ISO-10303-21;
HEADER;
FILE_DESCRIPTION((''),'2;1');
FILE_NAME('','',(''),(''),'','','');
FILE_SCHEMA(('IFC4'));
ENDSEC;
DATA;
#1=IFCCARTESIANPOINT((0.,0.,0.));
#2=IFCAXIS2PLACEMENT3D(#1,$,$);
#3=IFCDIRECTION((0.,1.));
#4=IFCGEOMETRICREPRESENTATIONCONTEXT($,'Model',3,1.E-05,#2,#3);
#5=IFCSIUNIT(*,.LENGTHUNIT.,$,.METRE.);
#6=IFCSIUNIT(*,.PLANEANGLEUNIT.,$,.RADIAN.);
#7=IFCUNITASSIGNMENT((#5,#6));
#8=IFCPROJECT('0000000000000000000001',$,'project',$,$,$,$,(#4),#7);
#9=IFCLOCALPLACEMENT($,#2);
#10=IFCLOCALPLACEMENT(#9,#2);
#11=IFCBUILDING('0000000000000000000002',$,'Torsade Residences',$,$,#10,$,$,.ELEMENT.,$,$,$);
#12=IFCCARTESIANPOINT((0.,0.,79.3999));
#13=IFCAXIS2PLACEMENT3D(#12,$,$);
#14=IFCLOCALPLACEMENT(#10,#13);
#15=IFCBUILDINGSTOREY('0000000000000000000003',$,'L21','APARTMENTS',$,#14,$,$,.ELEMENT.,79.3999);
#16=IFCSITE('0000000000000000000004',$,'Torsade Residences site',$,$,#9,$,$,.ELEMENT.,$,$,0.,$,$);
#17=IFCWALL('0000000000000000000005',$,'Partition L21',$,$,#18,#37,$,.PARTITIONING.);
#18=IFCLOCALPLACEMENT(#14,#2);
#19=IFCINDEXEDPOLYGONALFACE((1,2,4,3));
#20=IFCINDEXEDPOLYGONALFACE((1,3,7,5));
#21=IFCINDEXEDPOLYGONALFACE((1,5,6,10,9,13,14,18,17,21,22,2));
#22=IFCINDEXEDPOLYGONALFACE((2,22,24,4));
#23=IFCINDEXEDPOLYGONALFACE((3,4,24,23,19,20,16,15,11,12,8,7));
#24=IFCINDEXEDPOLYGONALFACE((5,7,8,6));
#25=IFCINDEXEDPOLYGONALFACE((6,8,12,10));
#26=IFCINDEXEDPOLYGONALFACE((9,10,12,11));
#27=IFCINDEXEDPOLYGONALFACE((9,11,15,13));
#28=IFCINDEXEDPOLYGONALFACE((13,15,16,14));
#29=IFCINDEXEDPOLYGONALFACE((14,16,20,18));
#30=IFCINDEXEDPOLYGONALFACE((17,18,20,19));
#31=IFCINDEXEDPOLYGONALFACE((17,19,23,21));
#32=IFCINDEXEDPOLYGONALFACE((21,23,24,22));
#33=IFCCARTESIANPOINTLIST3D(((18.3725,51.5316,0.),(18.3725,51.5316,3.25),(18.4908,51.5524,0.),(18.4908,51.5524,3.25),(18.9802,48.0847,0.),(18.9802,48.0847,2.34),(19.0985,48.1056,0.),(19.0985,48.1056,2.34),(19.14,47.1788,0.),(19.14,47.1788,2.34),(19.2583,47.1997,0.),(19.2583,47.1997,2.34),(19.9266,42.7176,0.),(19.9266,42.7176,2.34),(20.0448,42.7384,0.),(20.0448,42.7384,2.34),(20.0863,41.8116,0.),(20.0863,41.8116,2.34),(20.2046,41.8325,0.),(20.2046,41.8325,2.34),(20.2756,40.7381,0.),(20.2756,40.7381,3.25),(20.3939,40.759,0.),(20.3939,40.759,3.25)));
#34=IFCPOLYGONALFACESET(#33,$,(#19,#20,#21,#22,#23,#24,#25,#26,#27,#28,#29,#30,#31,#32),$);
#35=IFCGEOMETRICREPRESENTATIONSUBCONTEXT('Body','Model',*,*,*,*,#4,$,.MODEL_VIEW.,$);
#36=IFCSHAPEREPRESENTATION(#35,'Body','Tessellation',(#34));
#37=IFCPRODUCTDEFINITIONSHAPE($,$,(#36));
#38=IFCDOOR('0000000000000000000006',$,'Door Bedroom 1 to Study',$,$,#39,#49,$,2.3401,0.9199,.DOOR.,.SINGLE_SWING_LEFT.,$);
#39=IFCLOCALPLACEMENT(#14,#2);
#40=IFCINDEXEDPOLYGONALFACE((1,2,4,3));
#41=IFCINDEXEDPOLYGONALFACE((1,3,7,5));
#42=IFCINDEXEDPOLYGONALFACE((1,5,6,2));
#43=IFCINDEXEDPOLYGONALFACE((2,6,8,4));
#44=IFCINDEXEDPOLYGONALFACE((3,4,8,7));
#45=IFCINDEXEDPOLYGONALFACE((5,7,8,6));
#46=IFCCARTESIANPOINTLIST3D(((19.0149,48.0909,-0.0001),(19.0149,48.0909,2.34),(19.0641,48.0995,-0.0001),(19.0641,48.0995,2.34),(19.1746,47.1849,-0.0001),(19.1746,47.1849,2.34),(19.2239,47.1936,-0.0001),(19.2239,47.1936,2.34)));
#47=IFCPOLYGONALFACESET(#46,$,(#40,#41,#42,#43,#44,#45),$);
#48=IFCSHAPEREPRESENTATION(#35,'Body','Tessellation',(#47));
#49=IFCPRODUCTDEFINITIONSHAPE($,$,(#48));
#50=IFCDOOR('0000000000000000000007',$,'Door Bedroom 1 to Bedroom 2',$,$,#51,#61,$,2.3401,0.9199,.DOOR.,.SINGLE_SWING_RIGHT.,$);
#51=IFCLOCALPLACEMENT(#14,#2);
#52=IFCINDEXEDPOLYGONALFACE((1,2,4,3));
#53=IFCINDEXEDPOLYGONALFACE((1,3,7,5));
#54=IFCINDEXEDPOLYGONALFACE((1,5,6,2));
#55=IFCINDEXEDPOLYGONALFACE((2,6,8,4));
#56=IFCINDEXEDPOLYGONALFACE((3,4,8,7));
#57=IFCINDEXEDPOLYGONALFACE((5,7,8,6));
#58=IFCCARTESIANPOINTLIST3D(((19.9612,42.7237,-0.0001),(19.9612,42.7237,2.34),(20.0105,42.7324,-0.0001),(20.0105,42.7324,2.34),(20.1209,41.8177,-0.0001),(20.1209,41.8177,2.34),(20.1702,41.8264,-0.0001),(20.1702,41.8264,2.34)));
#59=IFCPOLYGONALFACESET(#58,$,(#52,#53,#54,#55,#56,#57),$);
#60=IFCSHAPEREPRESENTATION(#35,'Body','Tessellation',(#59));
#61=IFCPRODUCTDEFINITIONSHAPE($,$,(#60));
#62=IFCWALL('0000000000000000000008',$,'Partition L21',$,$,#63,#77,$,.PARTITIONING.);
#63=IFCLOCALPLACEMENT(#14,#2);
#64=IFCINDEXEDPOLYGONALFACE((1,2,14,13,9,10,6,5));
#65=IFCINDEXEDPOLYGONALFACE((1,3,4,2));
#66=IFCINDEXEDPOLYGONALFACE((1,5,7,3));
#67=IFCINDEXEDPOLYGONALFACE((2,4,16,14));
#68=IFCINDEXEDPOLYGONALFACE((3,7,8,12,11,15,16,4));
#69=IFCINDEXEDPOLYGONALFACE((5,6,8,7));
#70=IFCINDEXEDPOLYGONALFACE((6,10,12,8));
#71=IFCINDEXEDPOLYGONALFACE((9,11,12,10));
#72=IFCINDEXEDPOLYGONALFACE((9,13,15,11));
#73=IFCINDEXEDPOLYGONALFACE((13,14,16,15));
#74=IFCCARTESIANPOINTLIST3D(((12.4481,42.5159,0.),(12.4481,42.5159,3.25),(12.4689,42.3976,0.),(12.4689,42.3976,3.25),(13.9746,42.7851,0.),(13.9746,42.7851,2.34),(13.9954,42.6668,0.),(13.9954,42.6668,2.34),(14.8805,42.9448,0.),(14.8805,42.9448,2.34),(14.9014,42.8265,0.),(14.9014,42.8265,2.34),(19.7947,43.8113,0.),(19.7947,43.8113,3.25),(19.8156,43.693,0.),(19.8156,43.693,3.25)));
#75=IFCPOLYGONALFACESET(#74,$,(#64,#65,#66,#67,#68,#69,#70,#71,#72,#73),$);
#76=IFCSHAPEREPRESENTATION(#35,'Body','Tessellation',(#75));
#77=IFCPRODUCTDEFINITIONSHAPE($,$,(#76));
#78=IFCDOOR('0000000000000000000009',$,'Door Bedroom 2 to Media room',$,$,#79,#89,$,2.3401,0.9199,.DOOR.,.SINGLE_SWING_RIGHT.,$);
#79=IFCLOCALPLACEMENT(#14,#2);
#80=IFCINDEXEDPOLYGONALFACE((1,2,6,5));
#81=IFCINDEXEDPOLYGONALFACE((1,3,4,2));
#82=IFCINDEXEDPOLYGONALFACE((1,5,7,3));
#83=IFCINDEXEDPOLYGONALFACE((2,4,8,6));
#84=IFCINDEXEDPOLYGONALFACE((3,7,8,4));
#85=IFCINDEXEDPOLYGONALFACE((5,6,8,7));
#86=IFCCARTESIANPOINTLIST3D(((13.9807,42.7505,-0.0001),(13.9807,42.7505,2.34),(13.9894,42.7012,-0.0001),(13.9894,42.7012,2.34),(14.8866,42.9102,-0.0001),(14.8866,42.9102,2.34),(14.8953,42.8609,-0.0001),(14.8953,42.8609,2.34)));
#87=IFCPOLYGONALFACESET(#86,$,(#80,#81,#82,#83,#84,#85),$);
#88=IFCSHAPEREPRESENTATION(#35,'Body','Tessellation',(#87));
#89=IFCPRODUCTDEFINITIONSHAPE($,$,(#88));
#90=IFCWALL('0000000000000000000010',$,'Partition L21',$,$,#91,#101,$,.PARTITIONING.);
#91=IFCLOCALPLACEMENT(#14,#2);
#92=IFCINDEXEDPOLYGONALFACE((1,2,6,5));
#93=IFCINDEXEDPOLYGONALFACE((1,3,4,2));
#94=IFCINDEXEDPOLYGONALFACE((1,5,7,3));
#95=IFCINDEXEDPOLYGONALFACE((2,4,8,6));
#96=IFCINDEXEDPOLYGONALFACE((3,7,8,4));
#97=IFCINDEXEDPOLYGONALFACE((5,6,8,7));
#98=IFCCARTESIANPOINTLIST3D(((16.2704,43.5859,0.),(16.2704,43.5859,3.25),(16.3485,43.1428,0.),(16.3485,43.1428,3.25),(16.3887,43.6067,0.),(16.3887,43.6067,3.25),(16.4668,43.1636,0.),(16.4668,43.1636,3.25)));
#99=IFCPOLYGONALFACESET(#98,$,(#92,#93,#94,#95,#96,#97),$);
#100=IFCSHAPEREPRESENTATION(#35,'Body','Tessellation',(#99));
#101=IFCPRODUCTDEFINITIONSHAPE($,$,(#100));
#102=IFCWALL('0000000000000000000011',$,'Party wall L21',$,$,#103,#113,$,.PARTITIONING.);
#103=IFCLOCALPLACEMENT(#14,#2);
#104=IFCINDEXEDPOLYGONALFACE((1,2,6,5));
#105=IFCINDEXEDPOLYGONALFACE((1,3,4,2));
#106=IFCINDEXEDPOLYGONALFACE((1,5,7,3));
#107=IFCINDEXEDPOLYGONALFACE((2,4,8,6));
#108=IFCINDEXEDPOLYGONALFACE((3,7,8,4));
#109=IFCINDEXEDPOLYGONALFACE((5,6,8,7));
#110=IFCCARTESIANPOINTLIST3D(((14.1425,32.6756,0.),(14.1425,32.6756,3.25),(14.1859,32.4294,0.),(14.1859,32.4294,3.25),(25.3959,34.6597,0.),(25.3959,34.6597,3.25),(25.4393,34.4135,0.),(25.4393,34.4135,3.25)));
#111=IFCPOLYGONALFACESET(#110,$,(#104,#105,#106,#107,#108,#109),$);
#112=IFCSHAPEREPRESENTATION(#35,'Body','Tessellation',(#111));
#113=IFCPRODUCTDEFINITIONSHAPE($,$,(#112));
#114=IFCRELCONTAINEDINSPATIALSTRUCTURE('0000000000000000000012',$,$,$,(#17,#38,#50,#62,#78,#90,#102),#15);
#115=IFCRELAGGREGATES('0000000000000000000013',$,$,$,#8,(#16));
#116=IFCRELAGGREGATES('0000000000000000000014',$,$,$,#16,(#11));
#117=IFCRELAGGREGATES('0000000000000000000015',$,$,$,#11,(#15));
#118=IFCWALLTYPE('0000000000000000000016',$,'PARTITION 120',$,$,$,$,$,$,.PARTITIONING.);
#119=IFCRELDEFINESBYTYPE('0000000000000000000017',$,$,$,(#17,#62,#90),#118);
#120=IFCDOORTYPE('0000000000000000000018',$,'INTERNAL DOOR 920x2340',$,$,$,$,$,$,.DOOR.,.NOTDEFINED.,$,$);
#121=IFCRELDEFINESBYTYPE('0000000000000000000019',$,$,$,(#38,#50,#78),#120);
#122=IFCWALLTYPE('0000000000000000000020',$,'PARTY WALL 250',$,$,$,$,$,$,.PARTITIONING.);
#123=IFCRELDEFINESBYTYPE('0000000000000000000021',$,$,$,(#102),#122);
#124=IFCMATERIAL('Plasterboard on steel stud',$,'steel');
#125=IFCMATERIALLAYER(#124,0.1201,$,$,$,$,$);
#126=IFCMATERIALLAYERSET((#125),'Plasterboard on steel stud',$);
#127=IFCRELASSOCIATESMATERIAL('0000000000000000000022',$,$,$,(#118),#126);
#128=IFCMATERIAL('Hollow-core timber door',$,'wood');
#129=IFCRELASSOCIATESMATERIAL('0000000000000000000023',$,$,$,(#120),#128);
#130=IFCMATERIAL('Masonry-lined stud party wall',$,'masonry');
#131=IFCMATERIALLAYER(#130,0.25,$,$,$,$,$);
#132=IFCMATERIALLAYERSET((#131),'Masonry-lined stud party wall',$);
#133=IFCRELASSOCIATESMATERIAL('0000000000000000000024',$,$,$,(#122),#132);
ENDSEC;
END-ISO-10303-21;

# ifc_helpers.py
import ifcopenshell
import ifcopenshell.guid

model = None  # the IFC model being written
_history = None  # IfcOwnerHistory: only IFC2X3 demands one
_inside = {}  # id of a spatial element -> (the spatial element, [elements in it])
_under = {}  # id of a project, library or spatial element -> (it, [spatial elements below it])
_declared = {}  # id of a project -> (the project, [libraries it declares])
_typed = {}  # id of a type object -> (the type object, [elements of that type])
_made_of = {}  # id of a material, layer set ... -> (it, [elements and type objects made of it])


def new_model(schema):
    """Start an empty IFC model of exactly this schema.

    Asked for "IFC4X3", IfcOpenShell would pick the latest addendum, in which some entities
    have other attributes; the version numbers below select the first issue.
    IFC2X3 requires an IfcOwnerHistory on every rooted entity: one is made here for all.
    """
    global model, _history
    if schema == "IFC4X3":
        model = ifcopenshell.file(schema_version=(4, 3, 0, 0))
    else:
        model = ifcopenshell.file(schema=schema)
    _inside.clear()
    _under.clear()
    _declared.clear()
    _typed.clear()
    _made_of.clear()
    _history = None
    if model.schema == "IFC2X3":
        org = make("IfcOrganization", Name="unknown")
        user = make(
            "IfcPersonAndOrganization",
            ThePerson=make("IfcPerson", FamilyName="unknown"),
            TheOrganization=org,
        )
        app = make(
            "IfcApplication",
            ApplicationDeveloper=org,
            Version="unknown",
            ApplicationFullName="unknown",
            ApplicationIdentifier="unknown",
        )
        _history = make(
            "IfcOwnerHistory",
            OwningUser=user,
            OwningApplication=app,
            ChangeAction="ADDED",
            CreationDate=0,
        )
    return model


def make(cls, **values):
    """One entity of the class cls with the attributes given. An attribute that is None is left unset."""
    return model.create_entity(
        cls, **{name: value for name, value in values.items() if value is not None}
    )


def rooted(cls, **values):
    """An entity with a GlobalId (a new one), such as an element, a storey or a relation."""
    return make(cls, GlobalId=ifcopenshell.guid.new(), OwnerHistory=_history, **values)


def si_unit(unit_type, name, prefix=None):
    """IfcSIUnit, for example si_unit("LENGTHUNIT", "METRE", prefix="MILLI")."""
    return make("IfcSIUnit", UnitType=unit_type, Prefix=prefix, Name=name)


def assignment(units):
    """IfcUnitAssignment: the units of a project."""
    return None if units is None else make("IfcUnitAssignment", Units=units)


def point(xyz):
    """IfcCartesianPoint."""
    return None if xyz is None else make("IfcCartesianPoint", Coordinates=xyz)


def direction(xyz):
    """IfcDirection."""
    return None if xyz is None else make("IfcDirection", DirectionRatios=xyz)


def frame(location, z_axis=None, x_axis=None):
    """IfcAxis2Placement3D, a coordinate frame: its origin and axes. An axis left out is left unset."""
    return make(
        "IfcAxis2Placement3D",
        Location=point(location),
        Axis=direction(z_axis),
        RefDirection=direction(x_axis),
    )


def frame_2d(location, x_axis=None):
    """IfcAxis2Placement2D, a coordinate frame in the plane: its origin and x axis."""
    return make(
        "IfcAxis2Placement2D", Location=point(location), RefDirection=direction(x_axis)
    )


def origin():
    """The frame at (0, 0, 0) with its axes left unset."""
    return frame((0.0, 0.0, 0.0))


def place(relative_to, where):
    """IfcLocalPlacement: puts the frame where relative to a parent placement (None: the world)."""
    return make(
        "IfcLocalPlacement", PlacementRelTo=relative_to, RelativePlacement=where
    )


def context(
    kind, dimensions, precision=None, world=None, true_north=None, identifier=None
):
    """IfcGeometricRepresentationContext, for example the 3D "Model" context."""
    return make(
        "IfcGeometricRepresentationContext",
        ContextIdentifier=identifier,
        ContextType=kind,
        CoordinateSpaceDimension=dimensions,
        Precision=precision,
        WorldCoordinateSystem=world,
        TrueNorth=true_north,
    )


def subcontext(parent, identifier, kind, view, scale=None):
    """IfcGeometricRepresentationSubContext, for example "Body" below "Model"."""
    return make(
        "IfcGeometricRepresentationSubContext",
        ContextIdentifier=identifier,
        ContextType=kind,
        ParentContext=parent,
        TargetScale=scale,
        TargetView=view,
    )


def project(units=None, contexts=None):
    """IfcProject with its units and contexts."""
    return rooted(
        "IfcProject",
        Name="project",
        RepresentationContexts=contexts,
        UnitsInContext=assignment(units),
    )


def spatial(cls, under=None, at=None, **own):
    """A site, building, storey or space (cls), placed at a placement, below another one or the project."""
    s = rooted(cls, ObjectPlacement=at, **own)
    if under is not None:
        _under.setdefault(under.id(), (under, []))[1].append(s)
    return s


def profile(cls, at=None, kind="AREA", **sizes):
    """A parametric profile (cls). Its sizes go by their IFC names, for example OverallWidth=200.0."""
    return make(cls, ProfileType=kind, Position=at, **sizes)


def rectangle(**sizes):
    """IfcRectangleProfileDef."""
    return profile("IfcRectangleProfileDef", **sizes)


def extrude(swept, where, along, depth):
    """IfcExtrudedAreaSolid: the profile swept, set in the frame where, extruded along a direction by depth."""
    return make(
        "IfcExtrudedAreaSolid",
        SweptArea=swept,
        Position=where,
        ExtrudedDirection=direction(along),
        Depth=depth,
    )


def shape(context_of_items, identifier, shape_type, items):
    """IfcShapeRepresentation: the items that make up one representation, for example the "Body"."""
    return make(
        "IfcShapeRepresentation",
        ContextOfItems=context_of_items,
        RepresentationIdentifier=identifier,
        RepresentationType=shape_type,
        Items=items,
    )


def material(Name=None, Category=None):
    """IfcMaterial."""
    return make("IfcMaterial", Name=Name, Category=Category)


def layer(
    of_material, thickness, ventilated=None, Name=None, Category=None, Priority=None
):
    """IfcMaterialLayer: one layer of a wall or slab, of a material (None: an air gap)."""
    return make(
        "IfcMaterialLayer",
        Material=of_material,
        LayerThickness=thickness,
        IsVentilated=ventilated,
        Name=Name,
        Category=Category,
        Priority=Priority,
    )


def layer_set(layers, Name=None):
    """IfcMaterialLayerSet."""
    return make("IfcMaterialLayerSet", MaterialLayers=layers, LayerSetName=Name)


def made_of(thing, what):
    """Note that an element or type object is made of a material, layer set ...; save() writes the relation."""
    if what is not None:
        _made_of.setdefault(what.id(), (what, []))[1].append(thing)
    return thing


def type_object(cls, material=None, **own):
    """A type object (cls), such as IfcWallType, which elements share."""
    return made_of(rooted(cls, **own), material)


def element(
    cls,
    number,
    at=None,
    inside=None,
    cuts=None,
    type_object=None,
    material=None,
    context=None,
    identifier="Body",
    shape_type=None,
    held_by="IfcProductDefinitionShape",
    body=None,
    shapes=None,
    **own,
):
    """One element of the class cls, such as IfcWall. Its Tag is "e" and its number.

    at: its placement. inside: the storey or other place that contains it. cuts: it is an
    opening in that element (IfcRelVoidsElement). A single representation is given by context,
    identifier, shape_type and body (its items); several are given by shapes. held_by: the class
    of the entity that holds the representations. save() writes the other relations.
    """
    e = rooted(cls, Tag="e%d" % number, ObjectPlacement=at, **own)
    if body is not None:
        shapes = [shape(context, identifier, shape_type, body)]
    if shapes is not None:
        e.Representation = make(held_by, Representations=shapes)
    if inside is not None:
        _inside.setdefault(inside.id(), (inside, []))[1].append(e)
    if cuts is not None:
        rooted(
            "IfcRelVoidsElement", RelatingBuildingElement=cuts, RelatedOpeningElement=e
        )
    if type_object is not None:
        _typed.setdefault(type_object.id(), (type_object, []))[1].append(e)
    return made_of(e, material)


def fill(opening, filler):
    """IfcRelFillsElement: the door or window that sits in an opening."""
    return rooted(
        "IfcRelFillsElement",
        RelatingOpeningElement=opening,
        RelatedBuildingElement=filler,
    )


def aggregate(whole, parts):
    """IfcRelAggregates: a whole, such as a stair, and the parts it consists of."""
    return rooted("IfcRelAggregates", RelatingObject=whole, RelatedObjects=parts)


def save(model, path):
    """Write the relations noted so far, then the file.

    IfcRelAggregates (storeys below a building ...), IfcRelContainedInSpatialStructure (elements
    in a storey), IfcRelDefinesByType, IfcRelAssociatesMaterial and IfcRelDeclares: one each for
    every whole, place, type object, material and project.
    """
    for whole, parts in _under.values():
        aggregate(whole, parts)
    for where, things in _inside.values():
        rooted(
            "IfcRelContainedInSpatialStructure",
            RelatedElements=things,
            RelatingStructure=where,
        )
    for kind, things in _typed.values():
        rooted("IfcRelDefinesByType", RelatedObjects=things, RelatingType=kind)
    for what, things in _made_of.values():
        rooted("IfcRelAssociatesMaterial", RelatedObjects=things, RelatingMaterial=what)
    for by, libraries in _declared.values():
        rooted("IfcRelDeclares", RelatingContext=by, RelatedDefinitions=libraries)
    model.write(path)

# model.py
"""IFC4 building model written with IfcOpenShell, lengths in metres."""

from ifc_helpers import new_model, si_unit, direction, frame, frame_2d, origin, place, context, subcontext, project, spatial, rectangle, extrude, material, layer, layer_set, type_object, element, fill, save


model = new_model("IFC4")

# Units and contexts
model_context = context("Model", 3, precision=1e-05, world=origin(), true_north=direction((0.0, 1.0)))
body_context = subcontext(model_context, "Body", "Model", "MODEL_VIEW")
ifc_project = project(units=[si_unit("LENGTHUNIT", "METRE"), si_unit("PLANEANGLEUNIT", "RADIAN")], contexts=[model_context])

# Site, building, storey
site_placement = place(None, origin())
site = spatial("IfcSite", under=ifc_project, at=site_placement, Name="Torsade Residences site", CompositionType="ELEMENT", RefElevation=0.0)
building_placement = place(site_placement, origin())
building = spatial("IfcBuilding", under=site, at=building_placement, Name="Torsade Residences", CompositionType="ELEMENT")
storey_placement = place(building_placement, frame((0.0, 0.0, 79.3999)))
storey = spatial("IfcBuildingStorey", under=building, at=storey_placement, Name="L21", Description="APARTMENTS", CompositionType="ELEMENT", Elevation=79.3999)

# Shared definitions
ifc_material_1 = material(Name="Plasterboard on steel stud", Category="steel")
ifc_layer_1 = layer(ifc_material_1, 0.1201)
ifc_layer_set_1 = layer_set([ifc_layer_1], Name="Plasterboard on steel stud")
wall_type_1 = type_object("IfcWallType", Name="PARTITION 120", PredefinedType="PARTITIONING", material=ifc_layer_set_1)

# Shared definitions
ifc_material_2 = material(Name="Hollow-core timber door", Category="wood")
door_type = type_object("IfcDoorType", Name="INTERNAL DOOR 920x2340", OperationType="NOTDEFINED", PredefinedType="DOOR", material=ifc_material_2)

# Wall, openings, doors
wall_1_placement = place(storey_placement, frame((20.3347, 40.7485, 0.0), z_axis=(0.0, 0.0, 1.0), x_axis=(-0.173639, 0.984809, 0.0)))
wall_1 = element("IfcWall", 1, at=wall_1_placement, inside=storey, type_object=wall_type_1, Name="Partition L21", PredefinedType="PARTITIONING", context=body_context, shape_type="SweptSolid", body=[
    extrude(rectangle(XDim=10.96, YDim=0.1201, at=frame_2d((5.48, 0.0))), origin(), (0.0, 0.0, 1.0), 3.25),
])
opening_1_placement = place(wall_1_placement, frame((6.54, 0.0, 0.0)))
opening_1 = element("IfcOpeningElement", 2, at=opening_1_placement, cuts=wall_1, PredefinedType="OPENING", context=body_context, shape_type="SweptSolid", body=[
    extrude(rectangle(XDim=0.9199, YDim=2.3401, at=frame_2d((0.46, 1.1699))), frame((0.0, 0.0701, 0.0), z_axis=(0.0, -1.0, 0.0), x_axis=(1.0, 0.0, 0.0)), (0.0, 0.0, 1.0), 0.1401),
])
opening_2_placement = place(wall_1_placement, frame((1.0901, 0.0, 0.0)))
opening_2 = element("IfcOpeningElement", 3, at=opening_2_placement, cuts=wall_1, PredefinedType="OPENING", context=body_context, shape_type="SweptSolid", body=[
    extrude(rectangle(XDim=0.9199, YDim=2.3401, at=frame_2d((0.46, 1.1699))), frame((0.0, 0.0701, 0.0), z_axis=(0.0, -1.0, 0.0), x_axis=(1.0, 0.0, 0.0)), (0.0, 0.0, 1.0), 0.1401),
])
door_1_placement = place(opening_1_placement, origin())
door_1 = element("IfcDoor", 4, at=door_1_placement, inside=storey, type_object=door_type, Name="Door Bedroom 1 to Study", OperationType="SINGLE_SWING_LEFT", OverallHeight=2.3401, OverallWidth=0.9199, PredefinedType="DOOR", context=body_context, shape_type="SweptSolid", body=[
    extrude(rectangle(XDim=0.9199, YDim=2.3401, at=frame_2d((0.46, 1.1699))), frame((0.0, 0.0249, 0.0), z_axis=(0.0, -1.0, 0.0), x_axis=(1.0, 0.0, 0.0)), (0.0, 0.0, 1.0), 0.05),
])
fill(opening_1, door_1)
door_2_placement = place(opening_2_placement, origin())
door_2 = element("IfcDoor", 5, at=door_2_placement, inside=storey, type_object=door_type, Name="Door Bedroom 1 to Bedroom 2", OperationType="SINGLE_SWING_RIGHT", OverallHeight=2.3401, OverallWidth=0.9199, PredefinedType="DOOR", context=body_context, shape_type="SweptSolid", body=[
    extrude(rectangle(XDim=0.9199, YDim=2.3401, at=frame_2d((0.46, 1.1699))), frame((0.0, 0.0249, 0.0), z_axis=(0.0, -1.0, 0.0), x_axis=(1.0, 0.0, 0.0)), (0.0, 0.0, 1.0), 0.05),
])
fill(opening_2, door_2)

# Wall, opening, door
wall_2_placement = place(storey_placement, frame((12.4585, 42.4568, 0.0), z_axis=(0.0, 0.0, 1.0), x_axis=(0.984808, 0.173647, 0.0)))
wall_2 = element("IfcWall", 6, at=wall_2_placement, inside=storey, type_object=wall_type_1, Name="Partition L21", PredefinedType="PARTITIONING", context=body_context, shape_type="SweptSolid", body=[
    extrude(rectangle(XDim=7.46, YDim=0.1201, at=frame_2d((3.73, 0.0))), origin(), (0.0, 0.0, 1.0), 3.25),
])
opening_3_placement = place(wall_2_placement, frame((1.55, 0.0, 0.0)))
opening_3 = element("IfcOpeningElement", 7, at=opening_3_placement, cuts=wall_2, PredefinedType="OPENING", context=body_context, shape_type="SweptSolid", body=[
    extrude(rectangle(XDim=0.9199, YDim=2.3401, at=frame_2d((0.46, 1.1699))), frame((0.0, 0.0701, 0.0), z_axis=(0.0, -1.0, 0.0), x_axis=(1.0, 0.0, 0.0)), (0.0, 0.0, 1.0), 0.1401),
])
door_3_placement = place(opening_3_placement, origin())
door_3 = element("IfcDoor", 8, at=door_3_placement, inside=storey, type_object=door_type, Name="Door Bedroom 2 to Media room", OperationType="SINGLE_SWING_RIGHT", OverallHeight=2.3401, OverallWidth=0.9199, PredefinedType="DOOR", context=body_context, shape_type="SweptSolid", body=[
    extrude(rectangle(XDim=0.9199, YDim=2.3401, at=frame_2d((0.46, 1.1699))), frame((0.0, 0.0249, 0.0), z_axis=(0.0, -1.0, 0.0), x_axis=(1.0, 0.0, 0.0)), (0.0, 0.0, 1.0), 0.05),
])
fill(opening_3, door_3)

# Walls
wall_3_placement = place(storey_placement, frame((16.4077, 43.1531, 0.0), z_axis=(0.0, 0.0, 1.0), x_axis=(-0.173631, 0.984811, 0.0)))
element("IfcWall", 9, at=wall_3_placement, inside=storey, type_object=wall_type_1, Name="Partition L21", PredefinedType="PARTITIONING", context=body_context, shape_type="SweptSolid", body=[
    extrude(rectangle(XDim=0.45, YDim=0.1201, at=frame_2d((0.2251, 0.0))), origin(), (0.0, 0.0, 1.0), 3.25),
])
ifc_material_3 = material(Name="Masonry-lined stud party wall", Category="masonry")
ifc_layer_2 = layer(ifc_material_3, 0.25)
ifc_layer_set_2 = layer_set([ifc_layer_2], Name="Masonry-lined stud party wall")
wall_type_2 = type_object("IfcWallType", Name="PARTY WALL 250", PredefinedType="PARTITIONING", material=ifc_layer_set_2)
wall_4_placement = place(storey_placement, frame((14.1643, 32.5525, 0.0), z_axis=(0.0, 0.0, 1.0), x_axis=(0.98481, 0.173635, 0.0)))
element("IfcWall", 10, at=wall_4_placement, inside=storey, type_object=wall_type_2, Name="Party wall L21", PredefinedType="PARTITIONING", context=body_context, shape_type="SweptSolid", body=[
    extrude(rectangle(XDim=11.427, YDim=0.25, at=frame_2d((5.7134, 0.0))), origin(), (0.0, 0.0, 1.0), 3.25),
])

save(model, "model.ifc")
